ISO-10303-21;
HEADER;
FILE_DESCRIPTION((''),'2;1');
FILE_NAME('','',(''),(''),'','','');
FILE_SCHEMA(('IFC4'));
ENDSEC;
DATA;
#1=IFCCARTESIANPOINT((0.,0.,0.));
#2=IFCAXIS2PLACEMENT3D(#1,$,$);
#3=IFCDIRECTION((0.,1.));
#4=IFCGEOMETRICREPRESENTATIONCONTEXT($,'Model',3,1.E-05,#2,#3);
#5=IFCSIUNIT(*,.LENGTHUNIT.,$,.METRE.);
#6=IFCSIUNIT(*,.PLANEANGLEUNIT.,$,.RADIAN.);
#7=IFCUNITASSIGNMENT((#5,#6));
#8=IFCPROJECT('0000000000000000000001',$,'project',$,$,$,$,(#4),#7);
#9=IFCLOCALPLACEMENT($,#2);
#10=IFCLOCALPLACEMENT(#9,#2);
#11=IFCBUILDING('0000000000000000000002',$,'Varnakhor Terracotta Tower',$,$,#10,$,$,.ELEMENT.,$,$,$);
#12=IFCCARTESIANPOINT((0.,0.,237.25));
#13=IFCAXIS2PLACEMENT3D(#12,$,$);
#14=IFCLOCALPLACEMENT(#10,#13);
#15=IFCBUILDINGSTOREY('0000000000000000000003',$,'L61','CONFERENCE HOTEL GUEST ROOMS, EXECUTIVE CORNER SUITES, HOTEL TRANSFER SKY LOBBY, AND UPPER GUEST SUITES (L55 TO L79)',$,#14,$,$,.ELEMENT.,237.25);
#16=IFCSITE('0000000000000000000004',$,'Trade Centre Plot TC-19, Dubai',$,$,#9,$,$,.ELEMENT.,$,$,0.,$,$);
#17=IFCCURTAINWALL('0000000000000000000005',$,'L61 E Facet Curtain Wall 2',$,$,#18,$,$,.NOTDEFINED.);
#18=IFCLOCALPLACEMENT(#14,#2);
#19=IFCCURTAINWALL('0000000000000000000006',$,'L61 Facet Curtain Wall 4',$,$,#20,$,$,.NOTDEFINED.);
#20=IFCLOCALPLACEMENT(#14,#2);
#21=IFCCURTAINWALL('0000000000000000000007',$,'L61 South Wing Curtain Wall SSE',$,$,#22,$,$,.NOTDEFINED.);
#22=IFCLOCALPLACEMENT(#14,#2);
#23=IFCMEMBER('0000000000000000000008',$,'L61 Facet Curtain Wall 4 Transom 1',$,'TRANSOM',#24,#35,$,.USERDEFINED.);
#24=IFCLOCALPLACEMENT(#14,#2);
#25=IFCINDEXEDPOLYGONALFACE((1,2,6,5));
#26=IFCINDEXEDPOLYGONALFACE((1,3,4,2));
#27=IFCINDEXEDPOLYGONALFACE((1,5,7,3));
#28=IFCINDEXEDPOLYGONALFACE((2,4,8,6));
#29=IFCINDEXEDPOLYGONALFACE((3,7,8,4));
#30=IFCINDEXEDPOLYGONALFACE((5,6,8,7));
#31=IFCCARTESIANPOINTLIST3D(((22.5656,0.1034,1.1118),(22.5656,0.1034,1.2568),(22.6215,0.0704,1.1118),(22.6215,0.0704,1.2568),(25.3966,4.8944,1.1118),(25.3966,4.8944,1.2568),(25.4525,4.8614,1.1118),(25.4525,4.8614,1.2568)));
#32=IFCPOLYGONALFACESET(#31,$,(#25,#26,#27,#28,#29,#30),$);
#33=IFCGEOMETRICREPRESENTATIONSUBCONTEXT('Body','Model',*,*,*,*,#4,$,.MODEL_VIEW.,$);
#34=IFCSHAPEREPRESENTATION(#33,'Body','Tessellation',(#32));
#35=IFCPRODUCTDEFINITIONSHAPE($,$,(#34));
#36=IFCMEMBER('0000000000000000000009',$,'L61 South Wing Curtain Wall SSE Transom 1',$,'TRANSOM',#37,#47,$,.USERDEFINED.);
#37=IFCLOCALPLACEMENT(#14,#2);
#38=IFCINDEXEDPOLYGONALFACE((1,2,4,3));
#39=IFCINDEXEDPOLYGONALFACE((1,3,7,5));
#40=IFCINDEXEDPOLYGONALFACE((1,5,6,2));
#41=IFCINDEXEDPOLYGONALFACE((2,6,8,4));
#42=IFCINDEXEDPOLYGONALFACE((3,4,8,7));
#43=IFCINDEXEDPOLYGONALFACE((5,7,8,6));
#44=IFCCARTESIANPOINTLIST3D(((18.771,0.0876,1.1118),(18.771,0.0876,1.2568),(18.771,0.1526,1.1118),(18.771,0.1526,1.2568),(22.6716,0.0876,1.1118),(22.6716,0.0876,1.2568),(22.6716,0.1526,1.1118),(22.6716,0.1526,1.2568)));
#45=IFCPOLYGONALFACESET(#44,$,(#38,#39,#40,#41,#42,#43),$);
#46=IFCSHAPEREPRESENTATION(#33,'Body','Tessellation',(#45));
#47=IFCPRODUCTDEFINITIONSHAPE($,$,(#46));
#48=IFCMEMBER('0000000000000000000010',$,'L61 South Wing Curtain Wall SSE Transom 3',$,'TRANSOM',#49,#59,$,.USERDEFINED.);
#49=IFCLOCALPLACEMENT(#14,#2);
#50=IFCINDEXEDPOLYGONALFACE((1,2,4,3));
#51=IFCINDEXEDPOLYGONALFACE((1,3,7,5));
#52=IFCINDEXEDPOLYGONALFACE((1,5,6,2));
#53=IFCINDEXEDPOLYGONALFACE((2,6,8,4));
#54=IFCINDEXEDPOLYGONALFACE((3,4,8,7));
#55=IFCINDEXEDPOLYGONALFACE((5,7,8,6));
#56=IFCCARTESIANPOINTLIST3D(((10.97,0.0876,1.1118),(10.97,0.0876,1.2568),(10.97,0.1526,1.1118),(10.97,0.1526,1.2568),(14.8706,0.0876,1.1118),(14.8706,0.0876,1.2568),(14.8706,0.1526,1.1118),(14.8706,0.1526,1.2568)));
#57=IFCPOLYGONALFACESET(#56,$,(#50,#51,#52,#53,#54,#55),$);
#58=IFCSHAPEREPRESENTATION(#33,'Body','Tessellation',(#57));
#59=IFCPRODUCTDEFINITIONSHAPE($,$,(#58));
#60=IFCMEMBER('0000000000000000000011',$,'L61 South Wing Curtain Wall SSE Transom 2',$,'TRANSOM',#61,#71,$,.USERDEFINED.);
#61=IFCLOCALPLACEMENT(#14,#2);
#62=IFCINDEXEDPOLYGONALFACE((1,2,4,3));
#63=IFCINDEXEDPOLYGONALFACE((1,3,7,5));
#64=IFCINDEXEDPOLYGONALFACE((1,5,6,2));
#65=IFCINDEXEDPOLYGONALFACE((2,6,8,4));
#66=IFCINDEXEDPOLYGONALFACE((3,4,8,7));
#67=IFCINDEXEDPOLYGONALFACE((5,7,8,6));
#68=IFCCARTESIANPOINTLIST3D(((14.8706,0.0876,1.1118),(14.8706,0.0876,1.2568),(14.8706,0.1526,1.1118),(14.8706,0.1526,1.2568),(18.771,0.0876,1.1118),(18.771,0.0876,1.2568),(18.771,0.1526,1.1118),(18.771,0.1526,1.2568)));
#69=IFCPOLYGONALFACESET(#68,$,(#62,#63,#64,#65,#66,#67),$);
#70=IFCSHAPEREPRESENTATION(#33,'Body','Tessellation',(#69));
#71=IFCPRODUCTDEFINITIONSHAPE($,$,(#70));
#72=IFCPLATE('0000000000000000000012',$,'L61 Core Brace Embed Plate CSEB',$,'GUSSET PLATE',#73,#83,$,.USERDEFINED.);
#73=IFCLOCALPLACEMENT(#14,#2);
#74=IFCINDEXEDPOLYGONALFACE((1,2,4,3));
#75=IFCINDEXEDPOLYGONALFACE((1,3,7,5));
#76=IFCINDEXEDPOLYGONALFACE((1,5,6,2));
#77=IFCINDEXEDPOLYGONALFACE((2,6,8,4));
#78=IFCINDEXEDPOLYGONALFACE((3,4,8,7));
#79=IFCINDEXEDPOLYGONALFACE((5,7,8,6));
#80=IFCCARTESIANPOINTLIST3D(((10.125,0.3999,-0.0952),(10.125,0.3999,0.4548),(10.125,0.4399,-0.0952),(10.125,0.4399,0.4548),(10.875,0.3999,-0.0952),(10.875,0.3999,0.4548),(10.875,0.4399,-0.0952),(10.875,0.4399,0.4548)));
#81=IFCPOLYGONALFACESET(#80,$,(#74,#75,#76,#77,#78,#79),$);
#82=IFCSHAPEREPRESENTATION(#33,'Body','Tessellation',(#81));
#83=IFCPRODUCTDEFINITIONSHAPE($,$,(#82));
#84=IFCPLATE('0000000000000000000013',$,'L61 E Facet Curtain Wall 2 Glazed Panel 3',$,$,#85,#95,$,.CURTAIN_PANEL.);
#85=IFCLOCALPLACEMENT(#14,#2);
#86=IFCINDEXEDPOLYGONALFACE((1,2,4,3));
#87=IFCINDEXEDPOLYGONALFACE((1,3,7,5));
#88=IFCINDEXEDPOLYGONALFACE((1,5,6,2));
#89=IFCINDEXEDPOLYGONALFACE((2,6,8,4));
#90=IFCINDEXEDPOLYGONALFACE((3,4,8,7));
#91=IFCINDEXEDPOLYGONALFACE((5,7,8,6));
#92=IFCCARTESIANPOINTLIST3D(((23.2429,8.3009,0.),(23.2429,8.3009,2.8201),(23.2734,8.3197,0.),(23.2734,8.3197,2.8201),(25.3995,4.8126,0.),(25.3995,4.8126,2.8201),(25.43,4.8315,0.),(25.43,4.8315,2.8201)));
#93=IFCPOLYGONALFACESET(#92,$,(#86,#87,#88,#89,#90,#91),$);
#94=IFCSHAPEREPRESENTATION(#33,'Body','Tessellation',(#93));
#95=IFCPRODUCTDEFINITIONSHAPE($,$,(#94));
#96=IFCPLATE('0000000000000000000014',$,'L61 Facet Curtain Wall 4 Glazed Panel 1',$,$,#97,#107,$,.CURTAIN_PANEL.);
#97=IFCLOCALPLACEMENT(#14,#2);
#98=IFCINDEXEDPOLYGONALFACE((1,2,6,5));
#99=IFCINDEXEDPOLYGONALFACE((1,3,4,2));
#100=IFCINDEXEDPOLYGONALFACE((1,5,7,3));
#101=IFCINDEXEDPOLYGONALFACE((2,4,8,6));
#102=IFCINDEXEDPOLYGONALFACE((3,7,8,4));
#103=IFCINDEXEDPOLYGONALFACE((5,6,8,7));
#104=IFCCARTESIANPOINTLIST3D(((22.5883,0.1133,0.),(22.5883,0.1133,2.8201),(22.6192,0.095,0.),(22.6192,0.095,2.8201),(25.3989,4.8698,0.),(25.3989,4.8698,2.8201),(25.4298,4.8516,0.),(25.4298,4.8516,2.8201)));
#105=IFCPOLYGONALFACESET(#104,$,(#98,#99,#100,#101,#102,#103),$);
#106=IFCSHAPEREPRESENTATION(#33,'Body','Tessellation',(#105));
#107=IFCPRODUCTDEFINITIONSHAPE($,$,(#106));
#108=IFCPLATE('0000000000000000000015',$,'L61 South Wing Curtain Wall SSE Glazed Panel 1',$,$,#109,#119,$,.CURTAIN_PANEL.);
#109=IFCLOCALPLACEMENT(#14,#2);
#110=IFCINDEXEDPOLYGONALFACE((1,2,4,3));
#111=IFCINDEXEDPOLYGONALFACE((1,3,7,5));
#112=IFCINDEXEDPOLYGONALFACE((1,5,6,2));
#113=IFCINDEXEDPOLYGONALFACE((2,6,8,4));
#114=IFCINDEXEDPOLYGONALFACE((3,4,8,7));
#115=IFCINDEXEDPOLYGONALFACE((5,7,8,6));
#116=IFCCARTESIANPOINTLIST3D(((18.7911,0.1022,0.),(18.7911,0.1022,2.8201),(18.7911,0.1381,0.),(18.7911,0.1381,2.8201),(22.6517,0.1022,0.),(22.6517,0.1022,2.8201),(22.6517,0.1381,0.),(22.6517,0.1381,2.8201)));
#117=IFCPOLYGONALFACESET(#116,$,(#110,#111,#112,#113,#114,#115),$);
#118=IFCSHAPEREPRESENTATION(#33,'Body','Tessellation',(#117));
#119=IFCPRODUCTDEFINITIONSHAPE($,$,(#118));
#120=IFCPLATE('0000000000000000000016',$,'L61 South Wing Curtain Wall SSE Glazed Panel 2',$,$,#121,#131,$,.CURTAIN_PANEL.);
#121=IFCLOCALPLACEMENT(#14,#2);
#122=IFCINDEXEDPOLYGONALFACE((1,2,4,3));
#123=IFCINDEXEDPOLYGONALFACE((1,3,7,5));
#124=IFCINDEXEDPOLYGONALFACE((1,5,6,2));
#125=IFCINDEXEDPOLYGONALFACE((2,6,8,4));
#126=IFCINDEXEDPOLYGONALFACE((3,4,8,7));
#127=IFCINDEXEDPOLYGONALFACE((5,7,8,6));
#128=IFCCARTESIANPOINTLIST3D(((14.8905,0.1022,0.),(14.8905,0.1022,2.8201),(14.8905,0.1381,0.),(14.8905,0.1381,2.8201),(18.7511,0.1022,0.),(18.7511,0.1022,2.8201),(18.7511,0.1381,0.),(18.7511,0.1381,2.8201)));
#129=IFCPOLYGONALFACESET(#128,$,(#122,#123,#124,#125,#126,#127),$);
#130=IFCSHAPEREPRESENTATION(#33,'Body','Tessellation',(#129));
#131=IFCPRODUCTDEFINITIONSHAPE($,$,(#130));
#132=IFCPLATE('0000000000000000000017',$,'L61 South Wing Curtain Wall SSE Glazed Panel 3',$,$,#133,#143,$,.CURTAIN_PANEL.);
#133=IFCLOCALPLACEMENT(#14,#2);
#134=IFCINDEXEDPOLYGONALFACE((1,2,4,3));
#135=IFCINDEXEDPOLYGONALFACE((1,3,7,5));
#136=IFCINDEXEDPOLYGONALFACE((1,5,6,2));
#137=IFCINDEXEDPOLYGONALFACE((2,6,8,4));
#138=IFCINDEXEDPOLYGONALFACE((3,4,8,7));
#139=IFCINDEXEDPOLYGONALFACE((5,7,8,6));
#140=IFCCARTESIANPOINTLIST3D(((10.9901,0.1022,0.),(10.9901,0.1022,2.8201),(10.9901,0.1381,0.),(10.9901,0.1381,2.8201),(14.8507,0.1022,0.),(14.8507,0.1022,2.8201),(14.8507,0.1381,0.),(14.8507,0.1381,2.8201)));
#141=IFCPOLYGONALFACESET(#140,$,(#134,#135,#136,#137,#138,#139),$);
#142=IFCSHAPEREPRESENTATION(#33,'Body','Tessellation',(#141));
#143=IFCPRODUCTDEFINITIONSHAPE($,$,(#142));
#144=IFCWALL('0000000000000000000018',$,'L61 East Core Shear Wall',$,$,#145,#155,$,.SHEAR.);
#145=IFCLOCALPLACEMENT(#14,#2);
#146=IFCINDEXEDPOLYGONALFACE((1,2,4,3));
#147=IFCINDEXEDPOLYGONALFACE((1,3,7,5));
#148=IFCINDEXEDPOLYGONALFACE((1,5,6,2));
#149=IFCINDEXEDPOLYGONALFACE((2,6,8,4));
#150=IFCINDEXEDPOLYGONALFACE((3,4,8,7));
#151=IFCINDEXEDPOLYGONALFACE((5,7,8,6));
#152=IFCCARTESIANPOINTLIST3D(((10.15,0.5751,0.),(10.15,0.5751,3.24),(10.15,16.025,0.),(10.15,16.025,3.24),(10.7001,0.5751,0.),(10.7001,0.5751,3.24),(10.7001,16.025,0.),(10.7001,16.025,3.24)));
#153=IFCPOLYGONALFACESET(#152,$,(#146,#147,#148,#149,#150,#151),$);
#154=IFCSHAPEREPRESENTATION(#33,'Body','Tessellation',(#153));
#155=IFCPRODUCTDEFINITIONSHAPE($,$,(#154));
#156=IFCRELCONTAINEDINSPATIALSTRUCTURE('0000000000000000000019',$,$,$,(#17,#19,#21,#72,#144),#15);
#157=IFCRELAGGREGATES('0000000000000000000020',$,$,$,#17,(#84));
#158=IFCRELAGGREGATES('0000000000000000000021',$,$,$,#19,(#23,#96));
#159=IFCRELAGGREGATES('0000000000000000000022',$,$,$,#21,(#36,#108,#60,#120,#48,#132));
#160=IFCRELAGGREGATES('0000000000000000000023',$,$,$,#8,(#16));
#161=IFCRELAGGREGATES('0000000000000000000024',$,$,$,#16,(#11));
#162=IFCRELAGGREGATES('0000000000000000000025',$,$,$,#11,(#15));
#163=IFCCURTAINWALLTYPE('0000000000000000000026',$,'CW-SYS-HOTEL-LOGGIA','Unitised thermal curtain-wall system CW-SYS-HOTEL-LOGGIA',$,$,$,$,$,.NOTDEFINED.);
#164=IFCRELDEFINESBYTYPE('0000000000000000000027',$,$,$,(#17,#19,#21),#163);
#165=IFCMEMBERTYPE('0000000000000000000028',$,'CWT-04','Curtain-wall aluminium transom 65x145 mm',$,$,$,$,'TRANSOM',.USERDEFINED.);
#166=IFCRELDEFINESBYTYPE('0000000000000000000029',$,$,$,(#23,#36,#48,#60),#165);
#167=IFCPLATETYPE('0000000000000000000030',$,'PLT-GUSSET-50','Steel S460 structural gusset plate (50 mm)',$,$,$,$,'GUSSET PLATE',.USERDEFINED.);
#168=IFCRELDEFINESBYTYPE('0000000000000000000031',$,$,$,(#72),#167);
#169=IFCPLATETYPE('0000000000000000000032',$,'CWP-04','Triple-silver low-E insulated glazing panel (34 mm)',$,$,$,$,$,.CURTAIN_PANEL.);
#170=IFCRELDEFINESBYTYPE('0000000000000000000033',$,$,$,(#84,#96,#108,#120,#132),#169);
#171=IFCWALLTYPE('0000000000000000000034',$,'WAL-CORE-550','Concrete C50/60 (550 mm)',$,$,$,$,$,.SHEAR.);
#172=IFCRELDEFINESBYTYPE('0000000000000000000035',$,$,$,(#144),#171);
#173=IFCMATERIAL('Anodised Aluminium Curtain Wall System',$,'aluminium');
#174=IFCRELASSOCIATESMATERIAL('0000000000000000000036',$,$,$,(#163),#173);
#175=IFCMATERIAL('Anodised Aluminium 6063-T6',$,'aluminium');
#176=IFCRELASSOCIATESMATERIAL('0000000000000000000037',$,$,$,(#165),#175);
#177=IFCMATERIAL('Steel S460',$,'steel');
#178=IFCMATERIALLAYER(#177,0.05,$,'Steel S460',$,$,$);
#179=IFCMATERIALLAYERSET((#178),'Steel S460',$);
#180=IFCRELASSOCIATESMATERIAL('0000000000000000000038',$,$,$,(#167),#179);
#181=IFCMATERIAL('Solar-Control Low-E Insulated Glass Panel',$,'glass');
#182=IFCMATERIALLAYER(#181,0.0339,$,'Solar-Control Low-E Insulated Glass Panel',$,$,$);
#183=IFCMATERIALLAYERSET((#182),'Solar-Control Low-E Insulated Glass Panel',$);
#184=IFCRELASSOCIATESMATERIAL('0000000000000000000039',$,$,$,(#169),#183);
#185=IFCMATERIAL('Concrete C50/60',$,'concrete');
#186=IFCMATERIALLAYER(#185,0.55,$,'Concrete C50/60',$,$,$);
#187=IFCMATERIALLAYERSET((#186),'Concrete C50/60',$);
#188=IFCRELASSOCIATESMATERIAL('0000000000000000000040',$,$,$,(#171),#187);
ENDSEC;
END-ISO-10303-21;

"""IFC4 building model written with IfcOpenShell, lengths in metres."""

from ifc_helpers import new_model, si_unit, direction, frame, frame_2d, origin, origin_2d, place, context, subcontext, project, spatial, rectangle, extrude, source, transform, mapped, material, layer, layer_set, material_profile, profile_set, type_object, type_shapes, element, aggregate, save


model = new_model("IFC4")

# Units and contexts
model_context = context("Model", 3, precision=1e-05, world=origin(), true_north=direction((0.0, 1.0)))
body_context = subcontext(model_context, "Body", "Model", "MODEL_VIEW")
ifc_project = project(units=[si_unit("LENGTHUNIT", "METRE"), si_unit("PLANEANGLEUNIT", "RADIAN")], contexts=[model_context])

# Site, building, storey
site_placement = place(None, origin())
site = spatial("IfcSite", under=ifc_project, at=site_placement, Name="Trade Centre Plot TC-19, Dubai", CompositionType="ELEMENT", RefElevation=0.0)
building_placement = place(site_placement, origin())
building = spatial("IfcBuilding", under=site, at=building_placement, Name="Varnakhor Terracotta Tower", CompositionType="ELEMENT")
storey_placement = place(building_placement, frame((0.0, 0.0, 237.25)))
storey = spatial("IfcBuildingStorey", under=building, at=storey_placement, Name="L61", Description="CONFERENCE HOTEL GUEST ROOMS, EXECUTIVE CORNER SUITES, HOTEL TRANSFER SKY LOBBY, AND UPPER GUEST SUITES (L55 TO L79)", CompositionType="ELEMENT", Elevation=237.25)

# Shared definitions
ifc_material_1 = material(Name="Concrete C50/60", Category="concrete")
ifc_material_2 = material(Name="Steel S460", Category="steel")

# Curtain walls
ifc_material_3 = material(Name="Anodised Aluminium Curtain Wall System", Category="aluminium")
curtain_wall_type = type_object("IfcCurtainWallType", Name="CW-SYS-HOTEL-LOGGIA", Description="Unitised thermal curtain-wall system CW-SYS-HOTEL-LOGGIA", PredefinedType="NOTDEFINED", material=ifc_material_3)
curtain_wall_1_placement = place(storey_placement, origin())
curtain_wall_1 = element("IfcCurtainWall", 1, at=curtain_wall_1_placement, inside=storey, type_object=curtain_wall_type, Name="L61 E Facet Curtain Wall 2", PredefinedType="NOTDEFINED")
ifc_material_4 = material(Name="Anodised Aluminium 6063-T6", Category="aluminium")
curtain_wall_2_placement = place(storey_placement, origin())
curtain_wall_2 = element("IfcCurtainWall", 2, at=curtain_wall_2_placement, inside=storey, type_object=curtain_wall_type, Name="L61 Facet Curtain Wall 4", PredefinedType="NOTDEFINED")

# Curtain wall
curtain_wall_3_placement = place(storey_placement, origin())
curtain_wall_3 = element("IfcCurtainWall", 3, at=curtain_wall_3_placement, inside=storey, type_object=curtain_wall_type, Name="L61 South Wing Curtain Wall SSE", PredefinedType="NOTDEFINED")

# Members
ifc_material_profile_1 = material_profile(ifc_material_4, rectangle(XDim=0.0649, YDim=0.145, at=origin_2d()), Name="ALU TRANSOM 65x145")
ifc_profile_set_1 = profile_set([ifc_material_profile_1], Name="Anodised Aluminium 6063-T6")
member_type_1 = type_object("IfcMemberType", Name="CWT-04", Description="Curtain-wall aluminium transom 65x145 mm", ElementType="TRANSOM", PredefinedType="USERDEFINED", material=ifc_profile_set_1)
shared_shape_1 = source(origin(), body_context, "Body", "SweptSolid", [
    extrude(rectangle(XDim=0.0649, YDim=0.145, at=origin_2d()), origin(), (0.0, 0.0, 1.0), 5.5649),
])
member_1_placement = place(storey_placement, frame((25.4246, 4.8779, 1.1843), z_axis=(-0.508729, -0.860927, 0.0), x_axis=(0.860927, -0.508729, 0.0)))
member_1 = element("IfcMember", 4, at=member_1_placement, type_object=member_type_1, Name="L61 Facet Curtain Wall 4 Transom 1", ObjectType="TRANSOM", PredefinedType="USERDEFINED", context=body_context, shape_type="MappedRepresentation", body=[
    mapped(shared_shape_1, transform((0.0, 0.0, 0.0), scale=1.0)),
])
shared_shape_2 = source(origin(), body_context, "Body", "SweptSolid", [
    extrude(rectangle(XDim=0.0649, YDim=0.145, at=origin_2d()), origin(), (0.0, 0.0, 1.0), 3.9006),
])
member_2_placement = place(storey_placement, frame((22.6716, 0.1201, 1.1843), z_axis=(-1.0, 0.0, 0.0), x_axis=(0.0, -1.0, 0.0)))
member_2 = element("IfcMember", 5, at=member_2_placement, type_object=member_type_1, Name="L61 South Wing Curtain Wall SSE Transom 1", ObjectType="TRANSOM", PredefinedType="USERDEFINED", context=body_context, shape_type="MappedRepresentation", body=[
    mapped(shared_shape_2, transform((0.0, 0.0, 0.0), scale=1.0)),
])
member_3_placement = place(storey_placement, frame((14.8706, 0.1201, 1.1843), z_axis=(-1.0, 0.0, 0.0), x_axis=(0.0, -1.0, 0.0)))
member_3 = element("IfcMember", 6, at=member_3_placement, type_object=member_type_1, Name="L61 South Wing Curtain Wall SSE Transom 3", ObjectType="TRANSOM", PredefinedType="USERDEFINED", context=body_context, shape_type="MappedRepresentation", body=[
    mapped(shared_shape_2, transform((0.0, 0.0, 0.0), scale=1.0)),
])
shared_shape_3 = source(origin(), body_context, "Body", "SweptSolid", [
    extrude(rectangle(XDim=0.0649, YDim=0.145, at=origin_2d()), origin(), (0.0, 0.0, 1.0), 3.9004),
])
member_4_placement = place(storey_placement, frame((18.771, 0.1201, 1.1843), z_axis=(-1.0, 0.0, 0.0), x_axis=(0.0, -1.0, 0.0)))
member_4 = element("IfcMember", 7, at=member_4_placement, type_object=member_type_1, Name="L61 South Wing Curtain Wall SSE Transom 2", ObjectType="TRANSOM", PredefinedType="USERDEFINED", context=body_context, shape_type="MappedRepresentation", body=[
    mapped(shared_shape_3, transform((0.0, 0.0, 0.0), scale=1.0)),
])

# Plates
ifc_layer_1 = layer(ifc_material_2, 0.05, Name="Steel S460")
ifc_layer_set_1 = layer_set([ifc_layer_1], Name="Steel S460")
plate_type_1 = type_object("IfcPlateType", Name="PLT-GUSSET-50", Description="Steel S460 structural gusset plate (50 mm)", ElementType="GUSSET PLATE", PredefinedType="USERDEFINED", material=ifc_layer_set_1)
shared_shape_4 = source(origin(), body_context, "Body", "SweptSolid", [
    extrude(rectangle(XDim=0.75, YDim=0.04, at=origin_2d()), origin(), (0.0, 0.0, 1.0), 0.55),
])
type_shapes(plate_type_1, [shared_shape_4])
plate_1_placement = place(storey_placement, frame((10.5, 0.4199, -0.0952), z_axis=(0.0, 0.0, 1.0), x_axis=(1.0, 0.0, 0.0)))
element("IfcPlate", 8, at=plate_1_placement, inside=storey, type_object=plate_type_1, Name="L61 Core Brace Embed Plate CSEB", ObjectType="GUSSET PLATE", PredefinedType="USERDEFINED", context=body_context, shape_type="MappedRepresentation", body=[
    mapped(shared_shape_4, transform((0.0, 0.0, 0.0), scale=1.0)),
])
ifc_material_5 = material(Name="Solar-Control Low-E Insulated Glass Panel", Category="glass")
ifc_layer_2 = layer(ifc_material_5, 0.0339, Name="Solar-Control Low-E Insulated Glass Panel")
ifc_layer_set_2 = layer_set([ifc_layer_2], Name="Solar-Control Low-E Insulated Glass Panel")
plate_type_2 = type_object("IfcPlateType", Name="CWP-04", Description="Triple-silver low-E insulated glazing panel (34 mm)", PredefinedType="CURTAIN_PANEL", material=ifc_layer_set_2)
shared_shape_5 = source(origin(), body_context, "Body", "SweptSolid", [
    extrude(rectangle(XDim=4.1011, YDim=0.0359, at=origin_2d()), origin(), (0.0, 0.0, 1.0), 2.8201),
])
plate_2_placement = place(storey_placement, frame((24.3364, 6.5662, 0.0), z_axis=(0.0, 0.0, 1.0), x_axis=(0.525858, -0.850573, 0.0)))
plate_2 = element("IfcPlate", 9, at=plate_2_placement, type_object=plate_type_2, Name="L61 E Facet Curtain Wall 2 Glazed Panel 3", PredefinedType="CURTAIN_PANEL", context=body_context, shape_type="MappedRepresentation", body=[
    mapped(shared_shape_5, transform((0.0, 0.0, 0.0), scale=1.0)),
])
aggregate(curtain_wall_1, [plate_2])
shared_shape_6 = source(origin(), body_context, "Body", "SweptSolid", [
    extrude(rectangle(XDim=5.5249, YDim=0.0359, at=origin_2d()), origin(), (0.0, 0.0, 1.0), 2.8201),
])
plate_3_placement = place(storey_placement, frame((24.009, 2.4824, 0.0), z_axis=(0.0, 0.0, 1.0), x_axis=(-0.508711, -0.860937, 0.0)))
plate_3 = element("IfcPlate", 10, at=plate_3_placement, type_object=plate_type_2, Name="L61 Facet Curtain Wall 4 Glazed Panel 1", PredefinedType="CURTAIN_PANEL", context=body_context, shape_type="MappedRepresentation", body=[
    mapped(shared_shape_6, transform((0.0, 0.0, 0.0), scale=1.0)),
])
aggregate(curtain_wall_2, [member_1, plate_3])
shared_shape_7 = source(origin(), body_context, "Body", "SweptSolid", [
    extrude(rectangle(XDim=3.8606, YDim=0.0359, at=origin_2d()), origin(), (0.0, 0.0, 1.0), 2.8201),
])
plate_4_placement = place(storey_placement, frame((20.7214, 0.1201, 0.0), z_axis=(0.0, 0.0, 1.0), x_axis=(-1.0, 0.0, 0.0)))
plate_4 = element("IfcPlate", 11, at=plate_4_placement, type_object=plate_type_2, Name="L61 South Wing Curtain Wall SSE Glazed Panel 1", PredefinedType="CURTAIN_PANEL", context=body_context, shape_type="MappedRepresentation", body=[
    mapped(shared_shape_7, transform((0.0, 0.0, 0.0), scale=1.0)),
])
plate_5_placement = place(storey_placement, frame((16.8208, 0.1201, 0.0), z_axis=(0.0, 0.0, 1.0), x_axis=(-1.0, 0.0, 0.0)))
plate_5 = element("IfcPlate", 12, at=plate_5_placement, type_object=plate_type_2, Name="L61 South Wing Curtain Wall SSE Glazed Panel 2", PredefinedType="CURTAIN_PANEL", context=body_context, shape_type="MappedRepresentation", body=[
    mapped(shared_shape_7, transform((0.0, 0.0, 0.0), scale=1.0)),
])
plate_6_placement = place(storey_placement, frame((12.9204, 0.1201, 0.0), z_axis=(0.0, 0.0, 1.0), x_axis=(-1.0, 0.0, 0.0)))
plate_6 = element("IfcPlate", 13, at=plate_6_placement, type_object=plate_type_2, Name="L61 South Wing Curtain Wall SSE Glazed Panel 3", PredefinedType="CURTAIN_PANEL", context=body_context, shape_type="MappedRepresentation", body=[
    mapped(shared_shape_7, transform((0.0, 0.0, 0.0), scale=1.0)),
])
aggregate(curtain_wall_3, [member_2, plate_4, member_4, plate_5, member_3, plate_6])

# Wall
ifc_layer_3 = layer(ifc_material_1, 0.55, Name="Concrete C50/60")
ifc_layer_set_3 = layer_set([ifc_layer_3], Name="Concrete C50/60")
wall_type_1 = type_object("IfcWallType", Name="WAL-CORE-550", Description="Concrete C50/60 (550 mm)", PredefinedType="SHEAR", material=ifc_layer_set_3)
wall_1_placement = place(storey_placement, frame((10.425, 0.575, 0.0), z_axis=(0.0, 0.0, 1.0), x_axis=(0.0, 1.0, 0.0)))
element("IfcWall", 14, at=wall_1_placement, inside=storey, type_object=wall_type_1, Name="L61 East Core Shear Wall", PredefinedType="SHEAR", context=body_context, shape_type="SweptSolid", body=[
    extrude(rectangle(XDim=15.45, YDim=0.55, at=frame_2d((7.7251, 0.0))), origin(), (0.0, 0.0, 1.0), 3.24),
])

save(model, "model.ifc")
